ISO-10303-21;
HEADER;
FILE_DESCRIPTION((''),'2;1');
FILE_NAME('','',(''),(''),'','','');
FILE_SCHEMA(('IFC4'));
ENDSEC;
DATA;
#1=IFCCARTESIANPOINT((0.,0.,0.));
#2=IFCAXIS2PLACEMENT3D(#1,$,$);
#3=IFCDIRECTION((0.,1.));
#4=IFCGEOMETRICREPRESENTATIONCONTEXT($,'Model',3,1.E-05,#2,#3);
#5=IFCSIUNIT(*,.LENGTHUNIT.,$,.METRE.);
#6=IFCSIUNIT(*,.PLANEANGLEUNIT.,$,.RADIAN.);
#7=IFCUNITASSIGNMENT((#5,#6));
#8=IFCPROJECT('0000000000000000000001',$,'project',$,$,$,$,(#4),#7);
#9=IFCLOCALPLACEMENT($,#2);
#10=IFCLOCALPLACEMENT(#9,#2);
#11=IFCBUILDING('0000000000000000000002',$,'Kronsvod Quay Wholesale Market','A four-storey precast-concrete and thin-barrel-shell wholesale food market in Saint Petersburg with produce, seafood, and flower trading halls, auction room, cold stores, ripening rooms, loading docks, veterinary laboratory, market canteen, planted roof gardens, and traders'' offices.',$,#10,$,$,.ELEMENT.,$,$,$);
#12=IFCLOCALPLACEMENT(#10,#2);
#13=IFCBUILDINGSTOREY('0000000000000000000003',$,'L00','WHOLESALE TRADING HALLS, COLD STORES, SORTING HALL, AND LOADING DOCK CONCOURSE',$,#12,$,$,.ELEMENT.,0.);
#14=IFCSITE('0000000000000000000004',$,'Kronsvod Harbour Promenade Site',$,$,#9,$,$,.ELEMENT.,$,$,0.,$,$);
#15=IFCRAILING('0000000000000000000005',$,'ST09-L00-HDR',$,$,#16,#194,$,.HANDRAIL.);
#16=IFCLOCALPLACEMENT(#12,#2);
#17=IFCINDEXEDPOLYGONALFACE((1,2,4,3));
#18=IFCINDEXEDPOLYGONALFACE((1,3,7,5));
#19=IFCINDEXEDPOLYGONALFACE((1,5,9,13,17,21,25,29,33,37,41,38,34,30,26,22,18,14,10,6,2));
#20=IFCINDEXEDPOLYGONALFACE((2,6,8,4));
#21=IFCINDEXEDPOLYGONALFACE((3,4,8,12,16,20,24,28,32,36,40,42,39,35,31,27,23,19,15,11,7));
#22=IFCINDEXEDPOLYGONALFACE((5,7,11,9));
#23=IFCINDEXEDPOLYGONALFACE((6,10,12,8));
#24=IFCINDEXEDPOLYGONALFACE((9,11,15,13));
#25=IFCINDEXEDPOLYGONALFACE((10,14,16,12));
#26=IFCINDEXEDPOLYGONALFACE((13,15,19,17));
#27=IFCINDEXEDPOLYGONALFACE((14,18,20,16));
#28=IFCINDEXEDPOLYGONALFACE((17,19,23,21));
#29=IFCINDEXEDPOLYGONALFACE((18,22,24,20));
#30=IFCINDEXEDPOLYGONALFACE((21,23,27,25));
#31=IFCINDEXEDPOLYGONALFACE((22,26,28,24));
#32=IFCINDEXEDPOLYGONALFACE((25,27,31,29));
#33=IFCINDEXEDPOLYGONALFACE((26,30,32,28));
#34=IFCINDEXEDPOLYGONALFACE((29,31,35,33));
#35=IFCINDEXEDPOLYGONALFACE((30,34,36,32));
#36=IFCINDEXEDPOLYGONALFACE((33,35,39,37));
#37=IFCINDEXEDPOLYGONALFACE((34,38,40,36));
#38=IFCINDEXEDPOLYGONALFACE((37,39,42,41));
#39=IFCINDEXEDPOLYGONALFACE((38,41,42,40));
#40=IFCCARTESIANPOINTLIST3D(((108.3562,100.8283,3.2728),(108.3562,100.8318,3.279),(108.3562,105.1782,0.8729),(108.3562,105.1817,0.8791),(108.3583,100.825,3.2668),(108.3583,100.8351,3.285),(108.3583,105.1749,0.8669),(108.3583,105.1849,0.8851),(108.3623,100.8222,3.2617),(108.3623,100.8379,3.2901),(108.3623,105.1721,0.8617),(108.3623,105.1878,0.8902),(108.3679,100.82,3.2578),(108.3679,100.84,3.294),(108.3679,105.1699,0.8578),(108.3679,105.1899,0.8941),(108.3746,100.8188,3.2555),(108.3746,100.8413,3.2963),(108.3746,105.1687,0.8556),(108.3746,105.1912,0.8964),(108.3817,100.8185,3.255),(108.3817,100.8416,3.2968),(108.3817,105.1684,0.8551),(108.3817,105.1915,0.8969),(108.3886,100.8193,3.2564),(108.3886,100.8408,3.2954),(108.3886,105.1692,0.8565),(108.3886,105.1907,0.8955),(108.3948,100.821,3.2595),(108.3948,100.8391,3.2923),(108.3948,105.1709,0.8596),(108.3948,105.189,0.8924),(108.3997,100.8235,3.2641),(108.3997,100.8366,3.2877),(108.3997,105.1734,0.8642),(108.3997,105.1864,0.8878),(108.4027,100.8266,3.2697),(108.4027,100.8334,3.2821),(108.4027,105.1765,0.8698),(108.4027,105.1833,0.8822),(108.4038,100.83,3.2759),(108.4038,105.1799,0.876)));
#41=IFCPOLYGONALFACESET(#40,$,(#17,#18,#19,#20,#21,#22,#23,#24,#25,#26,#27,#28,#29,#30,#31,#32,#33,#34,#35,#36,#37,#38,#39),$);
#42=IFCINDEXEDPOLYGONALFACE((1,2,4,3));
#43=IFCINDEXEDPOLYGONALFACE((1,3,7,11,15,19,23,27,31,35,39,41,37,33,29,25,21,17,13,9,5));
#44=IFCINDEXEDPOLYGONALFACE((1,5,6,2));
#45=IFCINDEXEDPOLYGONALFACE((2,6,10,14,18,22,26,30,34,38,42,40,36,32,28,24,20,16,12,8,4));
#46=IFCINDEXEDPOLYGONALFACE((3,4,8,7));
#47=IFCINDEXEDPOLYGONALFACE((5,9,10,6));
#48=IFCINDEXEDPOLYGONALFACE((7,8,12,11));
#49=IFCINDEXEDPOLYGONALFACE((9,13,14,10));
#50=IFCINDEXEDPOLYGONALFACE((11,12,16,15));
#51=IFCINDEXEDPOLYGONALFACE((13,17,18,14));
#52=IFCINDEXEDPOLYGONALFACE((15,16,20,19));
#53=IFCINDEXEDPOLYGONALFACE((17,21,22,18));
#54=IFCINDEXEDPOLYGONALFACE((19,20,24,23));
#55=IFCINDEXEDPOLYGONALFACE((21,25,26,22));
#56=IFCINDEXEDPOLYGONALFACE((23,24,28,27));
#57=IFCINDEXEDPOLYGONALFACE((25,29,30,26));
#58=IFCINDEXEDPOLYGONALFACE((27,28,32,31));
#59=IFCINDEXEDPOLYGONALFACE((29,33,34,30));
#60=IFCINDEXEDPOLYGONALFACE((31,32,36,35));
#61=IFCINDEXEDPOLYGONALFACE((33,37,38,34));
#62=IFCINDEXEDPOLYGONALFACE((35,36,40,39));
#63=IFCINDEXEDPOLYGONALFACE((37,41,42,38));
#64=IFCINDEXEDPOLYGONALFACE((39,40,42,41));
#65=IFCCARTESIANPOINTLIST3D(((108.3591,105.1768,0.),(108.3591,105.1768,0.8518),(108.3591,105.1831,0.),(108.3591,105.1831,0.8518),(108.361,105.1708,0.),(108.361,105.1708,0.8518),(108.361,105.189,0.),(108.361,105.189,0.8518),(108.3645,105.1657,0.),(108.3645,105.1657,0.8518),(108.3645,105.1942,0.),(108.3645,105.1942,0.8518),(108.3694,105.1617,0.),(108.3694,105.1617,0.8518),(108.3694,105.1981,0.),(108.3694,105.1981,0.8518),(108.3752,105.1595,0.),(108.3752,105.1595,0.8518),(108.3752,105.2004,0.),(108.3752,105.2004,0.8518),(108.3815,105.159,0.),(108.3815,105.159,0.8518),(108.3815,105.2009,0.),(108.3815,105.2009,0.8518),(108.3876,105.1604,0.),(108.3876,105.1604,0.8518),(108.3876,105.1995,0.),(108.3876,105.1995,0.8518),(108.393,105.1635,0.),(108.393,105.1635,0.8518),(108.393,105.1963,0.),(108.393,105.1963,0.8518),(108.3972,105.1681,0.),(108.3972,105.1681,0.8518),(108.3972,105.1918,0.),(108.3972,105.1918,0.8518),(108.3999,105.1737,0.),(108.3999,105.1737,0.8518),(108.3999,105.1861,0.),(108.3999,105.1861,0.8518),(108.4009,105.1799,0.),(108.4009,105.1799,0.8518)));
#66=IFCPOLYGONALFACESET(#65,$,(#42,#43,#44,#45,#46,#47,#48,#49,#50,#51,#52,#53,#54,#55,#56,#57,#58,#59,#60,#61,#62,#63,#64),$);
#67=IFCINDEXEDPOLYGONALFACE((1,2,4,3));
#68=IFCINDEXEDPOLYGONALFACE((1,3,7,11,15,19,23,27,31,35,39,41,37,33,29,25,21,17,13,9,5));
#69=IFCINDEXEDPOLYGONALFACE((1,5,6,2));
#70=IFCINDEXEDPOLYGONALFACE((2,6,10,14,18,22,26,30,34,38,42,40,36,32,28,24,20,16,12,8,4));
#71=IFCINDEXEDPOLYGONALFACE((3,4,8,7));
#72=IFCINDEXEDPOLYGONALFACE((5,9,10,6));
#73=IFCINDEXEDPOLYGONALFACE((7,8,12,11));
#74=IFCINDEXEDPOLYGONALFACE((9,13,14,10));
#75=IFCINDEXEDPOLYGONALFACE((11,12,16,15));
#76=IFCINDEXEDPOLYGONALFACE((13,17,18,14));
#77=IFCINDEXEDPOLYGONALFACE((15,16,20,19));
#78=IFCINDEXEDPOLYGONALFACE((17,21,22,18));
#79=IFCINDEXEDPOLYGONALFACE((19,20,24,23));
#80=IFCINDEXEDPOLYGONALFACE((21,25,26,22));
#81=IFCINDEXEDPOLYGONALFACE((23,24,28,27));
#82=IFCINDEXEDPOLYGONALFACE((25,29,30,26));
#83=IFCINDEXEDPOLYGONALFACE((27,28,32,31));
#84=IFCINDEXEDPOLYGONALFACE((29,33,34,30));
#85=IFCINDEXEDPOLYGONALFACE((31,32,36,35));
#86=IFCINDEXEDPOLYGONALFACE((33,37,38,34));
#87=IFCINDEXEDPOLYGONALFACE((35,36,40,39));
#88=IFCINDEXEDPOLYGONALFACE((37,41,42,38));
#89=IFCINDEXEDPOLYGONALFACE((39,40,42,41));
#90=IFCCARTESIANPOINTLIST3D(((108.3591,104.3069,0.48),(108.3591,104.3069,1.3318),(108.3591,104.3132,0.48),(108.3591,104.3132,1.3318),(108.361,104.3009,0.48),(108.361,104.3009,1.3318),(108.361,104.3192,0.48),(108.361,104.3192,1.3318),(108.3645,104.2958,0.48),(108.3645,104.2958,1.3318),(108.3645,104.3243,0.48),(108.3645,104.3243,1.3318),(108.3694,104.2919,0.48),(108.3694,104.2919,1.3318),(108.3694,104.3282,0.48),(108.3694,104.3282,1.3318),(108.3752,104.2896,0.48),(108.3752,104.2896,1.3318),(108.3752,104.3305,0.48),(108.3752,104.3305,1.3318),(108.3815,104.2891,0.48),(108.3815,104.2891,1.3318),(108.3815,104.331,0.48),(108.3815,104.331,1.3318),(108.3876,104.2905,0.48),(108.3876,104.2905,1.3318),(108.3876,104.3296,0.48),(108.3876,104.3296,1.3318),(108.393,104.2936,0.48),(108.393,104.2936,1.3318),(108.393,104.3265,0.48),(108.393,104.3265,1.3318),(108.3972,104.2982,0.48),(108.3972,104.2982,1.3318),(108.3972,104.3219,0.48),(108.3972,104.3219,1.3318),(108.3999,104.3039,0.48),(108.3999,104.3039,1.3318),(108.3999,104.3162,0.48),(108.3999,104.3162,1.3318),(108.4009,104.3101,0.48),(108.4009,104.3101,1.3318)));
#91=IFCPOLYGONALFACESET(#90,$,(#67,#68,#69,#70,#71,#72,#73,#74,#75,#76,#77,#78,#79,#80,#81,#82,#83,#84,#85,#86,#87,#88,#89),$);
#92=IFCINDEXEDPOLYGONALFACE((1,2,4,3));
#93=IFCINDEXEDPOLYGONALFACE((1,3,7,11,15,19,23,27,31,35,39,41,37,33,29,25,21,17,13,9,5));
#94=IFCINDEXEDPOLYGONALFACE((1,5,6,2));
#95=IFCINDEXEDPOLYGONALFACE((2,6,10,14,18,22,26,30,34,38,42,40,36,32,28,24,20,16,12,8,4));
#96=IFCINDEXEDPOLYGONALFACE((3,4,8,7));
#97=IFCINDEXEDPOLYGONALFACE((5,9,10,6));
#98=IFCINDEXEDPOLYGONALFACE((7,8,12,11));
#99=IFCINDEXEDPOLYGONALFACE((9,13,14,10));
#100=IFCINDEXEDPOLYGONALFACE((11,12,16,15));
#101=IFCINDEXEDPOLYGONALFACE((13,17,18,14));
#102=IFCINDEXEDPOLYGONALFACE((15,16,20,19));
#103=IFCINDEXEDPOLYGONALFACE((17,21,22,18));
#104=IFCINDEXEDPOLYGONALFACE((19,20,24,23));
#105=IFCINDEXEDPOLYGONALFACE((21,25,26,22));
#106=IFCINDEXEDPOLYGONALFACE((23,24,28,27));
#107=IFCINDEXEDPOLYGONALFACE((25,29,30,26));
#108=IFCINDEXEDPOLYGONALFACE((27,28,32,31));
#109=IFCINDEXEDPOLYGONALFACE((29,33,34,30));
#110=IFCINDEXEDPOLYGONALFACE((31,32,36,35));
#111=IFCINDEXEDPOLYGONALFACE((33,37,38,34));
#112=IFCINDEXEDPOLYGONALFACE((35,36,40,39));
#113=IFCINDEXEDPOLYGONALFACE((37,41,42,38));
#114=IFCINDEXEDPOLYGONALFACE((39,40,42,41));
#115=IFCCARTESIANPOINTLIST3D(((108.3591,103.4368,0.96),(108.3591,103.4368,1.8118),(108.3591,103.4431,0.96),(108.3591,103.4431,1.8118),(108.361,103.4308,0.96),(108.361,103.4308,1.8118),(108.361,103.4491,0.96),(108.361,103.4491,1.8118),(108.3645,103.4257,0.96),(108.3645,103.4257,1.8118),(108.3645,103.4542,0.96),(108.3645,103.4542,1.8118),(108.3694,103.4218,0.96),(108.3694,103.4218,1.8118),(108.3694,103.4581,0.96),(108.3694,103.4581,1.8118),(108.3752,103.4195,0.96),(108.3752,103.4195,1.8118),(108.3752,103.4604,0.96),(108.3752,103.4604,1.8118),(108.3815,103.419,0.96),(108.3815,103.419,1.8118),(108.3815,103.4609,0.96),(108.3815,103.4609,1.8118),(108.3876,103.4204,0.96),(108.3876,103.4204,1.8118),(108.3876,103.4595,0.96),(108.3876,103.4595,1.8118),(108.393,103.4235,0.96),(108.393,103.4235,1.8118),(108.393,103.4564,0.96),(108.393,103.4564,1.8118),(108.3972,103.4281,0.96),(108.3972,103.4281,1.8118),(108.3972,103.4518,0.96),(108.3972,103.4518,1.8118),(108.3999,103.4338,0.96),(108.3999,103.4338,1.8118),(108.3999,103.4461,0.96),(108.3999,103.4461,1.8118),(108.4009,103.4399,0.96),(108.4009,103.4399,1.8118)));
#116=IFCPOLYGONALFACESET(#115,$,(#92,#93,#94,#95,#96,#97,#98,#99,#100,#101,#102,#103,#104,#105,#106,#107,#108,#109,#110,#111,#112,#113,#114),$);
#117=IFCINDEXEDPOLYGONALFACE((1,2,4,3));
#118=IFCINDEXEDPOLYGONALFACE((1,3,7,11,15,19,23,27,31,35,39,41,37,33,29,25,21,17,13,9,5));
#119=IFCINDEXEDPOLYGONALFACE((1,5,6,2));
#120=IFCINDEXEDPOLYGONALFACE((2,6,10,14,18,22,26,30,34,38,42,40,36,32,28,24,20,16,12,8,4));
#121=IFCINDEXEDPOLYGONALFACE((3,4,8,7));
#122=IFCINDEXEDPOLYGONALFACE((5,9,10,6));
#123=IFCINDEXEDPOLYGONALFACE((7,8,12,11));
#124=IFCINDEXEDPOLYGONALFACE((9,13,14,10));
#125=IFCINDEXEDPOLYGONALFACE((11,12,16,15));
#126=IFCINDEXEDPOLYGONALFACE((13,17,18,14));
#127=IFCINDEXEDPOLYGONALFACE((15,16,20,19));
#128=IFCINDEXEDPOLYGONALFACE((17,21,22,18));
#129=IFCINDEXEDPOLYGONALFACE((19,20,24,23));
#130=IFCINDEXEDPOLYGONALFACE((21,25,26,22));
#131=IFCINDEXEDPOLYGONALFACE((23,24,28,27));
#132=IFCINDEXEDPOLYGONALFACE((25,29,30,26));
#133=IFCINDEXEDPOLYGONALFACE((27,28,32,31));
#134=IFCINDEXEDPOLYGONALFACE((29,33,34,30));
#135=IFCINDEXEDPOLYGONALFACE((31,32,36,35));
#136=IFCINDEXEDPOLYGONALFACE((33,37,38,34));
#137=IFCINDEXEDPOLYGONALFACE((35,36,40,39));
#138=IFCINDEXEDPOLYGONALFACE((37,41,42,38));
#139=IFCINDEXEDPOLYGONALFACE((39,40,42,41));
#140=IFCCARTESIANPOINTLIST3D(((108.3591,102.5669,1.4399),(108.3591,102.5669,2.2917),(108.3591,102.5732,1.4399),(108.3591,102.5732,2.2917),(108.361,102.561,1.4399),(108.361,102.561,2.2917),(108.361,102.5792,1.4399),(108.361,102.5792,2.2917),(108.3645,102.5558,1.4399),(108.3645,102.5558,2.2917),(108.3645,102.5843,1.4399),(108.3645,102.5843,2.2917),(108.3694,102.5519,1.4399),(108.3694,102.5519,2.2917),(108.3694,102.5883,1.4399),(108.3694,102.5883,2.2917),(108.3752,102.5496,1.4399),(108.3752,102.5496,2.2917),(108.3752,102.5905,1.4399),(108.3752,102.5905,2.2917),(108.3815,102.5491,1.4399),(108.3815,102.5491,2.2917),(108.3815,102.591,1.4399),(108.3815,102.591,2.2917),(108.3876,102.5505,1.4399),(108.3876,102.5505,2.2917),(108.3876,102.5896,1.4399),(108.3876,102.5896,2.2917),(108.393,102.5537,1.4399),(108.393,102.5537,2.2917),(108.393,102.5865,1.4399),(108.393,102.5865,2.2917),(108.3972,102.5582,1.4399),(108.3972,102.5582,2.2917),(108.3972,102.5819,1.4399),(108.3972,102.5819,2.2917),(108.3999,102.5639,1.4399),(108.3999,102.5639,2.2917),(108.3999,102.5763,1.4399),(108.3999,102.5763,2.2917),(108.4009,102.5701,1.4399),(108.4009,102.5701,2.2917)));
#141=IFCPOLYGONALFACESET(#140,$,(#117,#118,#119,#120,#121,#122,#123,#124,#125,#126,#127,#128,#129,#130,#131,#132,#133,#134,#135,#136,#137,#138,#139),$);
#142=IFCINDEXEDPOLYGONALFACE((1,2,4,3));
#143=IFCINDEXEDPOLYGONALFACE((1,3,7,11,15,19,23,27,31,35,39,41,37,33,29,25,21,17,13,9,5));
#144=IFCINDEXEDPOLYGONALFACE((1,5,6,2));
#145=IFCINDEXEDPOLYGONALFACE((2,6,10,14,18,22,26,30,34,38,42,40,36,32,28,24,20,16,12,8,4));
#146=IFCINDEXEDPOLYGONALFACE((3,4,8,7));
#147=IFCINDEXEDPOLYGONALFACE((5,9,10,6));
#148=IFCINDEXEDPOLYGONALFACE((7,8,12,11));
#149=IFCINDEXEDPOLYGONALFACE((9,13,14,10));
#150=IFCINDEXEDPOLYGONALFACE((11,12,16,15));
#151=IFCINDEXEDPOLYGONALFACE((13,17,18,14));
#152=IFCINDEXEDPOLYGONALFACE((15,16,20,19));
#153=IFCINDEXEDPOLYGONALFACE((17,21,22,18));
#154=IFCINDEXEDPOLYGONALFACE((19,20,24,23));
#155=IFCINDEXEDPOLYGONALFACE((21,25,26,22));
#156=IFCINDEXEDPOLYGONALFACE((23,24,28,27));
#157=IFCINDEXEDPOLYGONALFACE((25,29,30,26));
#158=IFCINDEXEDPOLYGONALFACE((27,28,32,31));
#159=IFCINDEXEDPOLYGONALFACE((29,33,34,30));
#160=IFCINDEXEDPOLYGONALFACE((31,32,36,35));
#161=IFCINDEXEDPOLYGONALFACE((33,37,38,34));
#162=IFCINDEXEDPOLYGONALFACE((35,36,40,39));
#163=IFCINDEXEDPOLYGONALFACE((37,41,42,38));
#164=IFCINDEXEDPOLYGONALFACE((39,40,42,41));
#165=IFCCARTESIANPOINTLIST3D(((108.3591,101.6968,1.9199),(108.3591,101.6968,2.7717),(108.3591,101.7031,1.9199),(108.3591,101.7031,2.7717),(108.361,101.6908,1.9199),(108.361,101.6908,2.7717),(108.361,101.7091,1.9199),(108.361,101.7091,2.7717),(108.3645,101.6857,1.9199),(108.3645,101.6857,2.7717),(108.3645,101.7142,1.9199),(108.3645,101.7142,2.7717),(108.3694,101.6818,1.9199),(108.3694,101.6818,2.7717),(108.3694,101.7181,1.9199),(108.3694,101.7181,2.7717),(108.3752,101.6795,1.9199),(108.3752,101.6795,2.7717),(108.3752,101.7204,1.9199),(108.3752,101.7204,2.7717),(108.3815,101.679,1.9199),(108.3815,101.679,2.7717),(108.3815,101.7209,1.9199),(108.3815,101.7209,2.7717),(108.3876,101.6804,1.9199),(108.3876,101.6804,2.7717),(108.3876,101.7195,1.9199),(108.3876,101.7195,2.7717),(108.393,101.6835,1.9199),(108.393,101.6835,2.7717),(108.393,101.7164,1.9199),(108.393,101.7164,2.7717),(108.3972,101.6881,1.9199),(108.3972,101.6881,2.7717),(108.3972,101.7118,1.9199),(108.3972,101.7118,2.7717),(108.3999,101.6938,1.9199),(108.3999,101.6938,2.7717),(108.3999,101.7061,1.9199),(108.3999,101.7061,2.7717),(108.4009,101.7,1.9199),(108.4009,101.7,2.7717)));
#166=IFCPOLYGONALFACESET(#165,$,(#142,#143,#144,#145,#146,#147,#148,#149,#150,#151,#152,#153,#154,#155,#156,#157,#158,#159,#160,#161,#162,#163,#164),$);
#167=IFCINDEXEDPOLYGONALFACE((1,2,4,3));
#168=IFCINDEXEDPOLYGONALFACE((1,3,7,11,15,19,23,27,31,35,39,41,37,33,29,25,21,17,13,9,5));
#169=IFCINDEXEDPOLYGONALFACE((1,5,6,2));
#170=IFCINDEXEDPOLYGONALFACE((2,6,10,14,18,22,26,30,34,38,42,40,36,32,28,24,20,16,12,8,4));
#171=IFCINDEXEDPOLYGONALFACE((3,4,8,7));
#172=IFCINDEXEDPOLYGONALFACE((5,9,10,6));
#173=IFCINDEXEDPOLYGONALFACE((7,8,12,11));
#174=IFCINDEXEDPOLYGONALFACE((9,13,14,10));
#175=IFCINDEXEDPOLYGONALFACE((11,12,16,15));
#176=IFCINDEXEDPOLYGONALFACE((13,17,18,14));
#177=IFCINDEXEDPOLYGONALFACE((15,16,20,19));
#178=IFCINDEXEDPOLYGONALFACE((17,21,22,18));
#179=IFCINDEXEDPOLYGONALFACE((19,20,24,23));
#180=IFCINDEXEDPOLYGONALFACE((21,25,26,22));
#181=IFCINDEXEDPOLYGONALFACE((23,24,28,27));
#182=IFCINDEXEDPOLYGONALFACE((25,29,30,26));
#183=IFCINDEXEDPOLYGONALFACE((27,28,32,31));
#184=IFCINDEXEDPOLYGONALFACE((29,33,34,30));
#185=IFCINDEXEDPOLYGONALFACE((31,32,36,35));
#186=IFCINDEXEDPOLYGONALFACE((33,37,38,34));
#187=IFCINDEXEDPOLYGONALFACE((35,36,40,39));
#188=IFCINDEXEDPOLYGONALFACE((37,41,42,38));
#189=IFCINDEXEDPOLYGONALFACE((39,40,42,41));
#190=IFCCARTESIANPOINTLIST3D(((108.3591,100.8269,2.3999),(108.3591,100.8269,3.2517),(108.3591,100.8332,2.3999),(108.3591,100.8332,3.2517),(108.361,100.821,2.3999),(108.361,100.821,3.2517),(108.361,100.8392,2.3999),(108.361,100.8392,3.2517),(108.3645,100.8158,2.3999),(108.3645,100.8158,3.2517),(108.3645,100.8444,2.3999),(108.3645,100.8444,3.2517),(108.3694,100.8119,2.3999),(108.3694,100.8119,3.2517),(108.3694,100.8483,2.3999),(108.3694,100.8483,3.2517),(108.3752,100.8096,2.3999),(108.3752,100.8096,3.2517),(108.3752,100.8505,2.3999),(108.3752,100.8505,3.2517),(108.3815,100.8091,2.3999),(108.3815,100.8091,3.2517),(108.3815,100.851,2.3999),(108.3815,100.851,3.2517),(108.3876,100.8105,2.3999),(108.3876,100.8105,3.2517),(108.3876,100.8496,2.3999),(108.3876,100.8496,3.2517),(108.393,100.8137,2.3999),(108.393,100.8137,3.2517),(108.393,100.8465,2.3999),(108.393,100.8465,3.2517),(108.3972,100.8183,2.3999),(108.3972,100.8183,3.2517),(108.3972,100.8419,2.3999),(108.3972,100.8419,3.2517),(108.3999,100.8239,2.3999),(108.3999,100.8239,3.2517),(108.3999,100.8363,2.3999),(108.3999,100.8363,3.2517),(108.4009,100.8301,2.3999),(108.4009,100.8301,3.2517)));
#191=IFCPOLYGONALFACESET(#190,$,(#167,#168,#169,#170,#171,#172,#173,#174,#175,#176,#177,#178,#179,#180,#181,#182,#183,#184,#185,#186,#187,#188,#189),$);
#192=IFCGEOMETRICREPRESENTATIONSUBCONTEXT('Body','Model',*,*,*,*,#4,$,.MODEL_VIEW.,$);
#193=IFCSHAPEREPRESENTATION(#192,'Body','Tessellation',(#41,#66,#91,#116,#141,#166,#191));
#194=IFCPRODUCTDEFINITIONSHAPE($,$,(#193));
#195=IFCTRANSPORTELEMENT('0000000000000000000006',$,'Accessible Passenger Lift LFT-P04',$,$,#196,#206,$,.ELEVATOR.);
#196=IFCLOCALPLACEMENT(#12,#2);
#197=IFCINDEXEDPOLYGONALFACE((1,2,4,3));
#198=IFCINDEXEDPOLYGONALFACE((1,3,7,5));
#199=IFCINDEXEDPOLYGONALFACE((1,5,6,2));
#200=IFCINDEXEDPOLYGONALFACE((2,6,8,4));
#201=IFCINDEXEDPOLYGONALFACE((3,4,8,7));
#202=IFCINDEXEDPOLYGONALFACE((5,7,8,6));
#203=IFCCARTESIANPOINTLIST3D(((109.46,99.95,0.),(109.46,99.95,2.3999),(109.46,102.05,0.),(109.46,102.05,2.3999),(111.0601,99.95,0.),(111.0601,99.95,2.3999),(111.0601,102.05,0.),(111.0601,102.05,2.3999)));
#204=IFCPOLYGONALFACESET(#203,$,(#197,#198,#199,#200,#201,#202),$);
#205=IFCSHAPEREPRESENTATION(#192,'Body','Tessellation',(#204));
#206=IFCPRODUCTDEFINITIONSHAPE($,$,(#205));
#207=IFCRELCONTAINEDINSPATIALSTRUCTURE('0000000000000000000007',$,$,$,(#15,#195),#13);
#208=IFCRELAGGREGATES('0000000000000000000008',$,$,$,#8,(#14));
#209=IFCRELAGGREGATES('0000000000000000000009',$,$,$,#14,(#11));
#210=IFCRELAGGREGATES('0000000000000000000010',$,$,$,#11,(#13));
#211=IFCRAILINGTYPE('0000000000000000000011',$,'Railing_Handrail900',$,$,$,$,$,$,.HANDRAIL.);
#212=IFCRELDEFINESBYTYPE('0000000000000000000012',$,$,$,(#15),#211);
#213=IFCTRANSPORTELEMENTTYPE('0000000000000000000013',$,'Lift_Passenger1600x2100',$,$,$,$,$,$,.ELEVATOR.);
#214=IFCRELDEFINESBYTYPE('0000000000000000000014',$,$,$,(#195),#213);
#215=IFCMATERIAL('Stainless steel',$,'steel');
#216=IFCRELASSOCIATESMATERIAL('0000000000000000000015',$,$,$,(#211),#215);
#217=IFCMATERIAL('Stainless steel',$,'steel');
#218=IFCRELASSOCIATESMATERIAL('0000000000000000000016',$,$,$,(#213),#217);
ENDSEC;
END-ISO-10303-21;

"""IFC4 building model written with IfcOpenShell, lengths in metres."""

from ifc_helpers import new_model, si_unit, direction, frame, origin, origin_2d, place, context, subcontext, project, spatial, rectangle, circle, extrude, material, type_object, element, save


model = new_model("IFC4")

# Units and contexts
model_context = context("Model", 3, precision=1e-05, world=origin(), true_north=direction((0.0, 1.0)))
body_context = subcontext(model_context, "Body", "Model", "MODEL_VIEW")
ifc_project = project(units=[si_unit("LENGTHUNIT", "METRE"), si_unit("PLANEANGLEUNIT", "RADIAN")], contexts=[model_context])

# Site, building, storey
site_placement = place(None, origin())
site = spatial("IfcSite", under=ifc_project, at=site_placement, Name="Kronsvod Harbour Promenade Site", CompositionType="ELEMENT", RefElevation=0.0)
building_placement = place(site_placement, origin())
building = spatial("IfcBuilding", under=site, at=building_placement, Name="Kronsvod Quay Wholesale Market", Description="A four-storey precast-concrete and thin-barrel-shell wholesale food market in Saint Petersburg with produce, seafood, and flower trading halls, auction room, cold stores, ripening rooms, loading docks, veterinary laboratory, market canteen, planted roof gardens, and traders' offices.", CompositionType="ELEMENT")
storey_placement = place(building_placement, origin())
storey = spatial("IfcBuildingStorey", under=building, at=storey_placement, Name="L00", Description="WHOLESALE TRADING HALLS, COLD STORES, SORTING HALL, AND LOADING DOCK CONCOURSE", CompositionType="ELEMENT", Elevation=0.0)

# Railing
ifc_material_1 = material(Name="Stainless steel", Category="steel")
railing_type_1 = type_object("IfcRailingType", Name="Railing_Handrail900", PredefinedType="HANDRAIL", material=ifc_material_1)
railing_1_placement = place(storey_placement, frame((108.3799, 105.1799, 0.0)))
element("IfcRailing", 1, at=railing_1_placement, inside=storey, type_object=railing_type_1, Name="ST09-L00-HDR", PredefinedType="HANDRAIL", context=body_context, shape_type="SweptSolid", body=[
    extrude(circle(Radius=0.0239, at=origin_2d()), frame((0.0, 0.0, 0.876), z_axis=(0.0, -0.875579, 0.483075), x_axis=(1.0, 0.0, 0.0)), (0.0, 0.0, 1.0), 4.968),
    extrude(circle(Radius=0.021, at=origin_2d()), origin(), (0.0, 0.0, 1.0), 0.8518),
    extrude(circle(Radius=0.021, at=origin_2d()), frame((0.0, -0.8699, 0.48)), (0.0, 0.0, 1.0), 0.8518),
    extrude(circle(Radius=0.021, at=origin_2d()), frame((0.0, -1.74, 0.96)), (0.0, 0.0, 1.0), 0.8518),
    extrude(circle(Radius=0.021, at=origin_2d()), frame((0.0, -2.6099, 1.4399)), (0.0, 0.0, 1.0), 0.8518),
    extrude(circle(Radius=0.021, at=origin_2d()), frame((0.0, -3.48, 1.9199)), (0.0, 0.0, 1.0), 0.8518),
    extrude(circle(Radius=0.021, at=origin_2d()), frame((0.0, -4.3499, 2.3999)), (0.0, 0.0, 1.0), 0.8518),
])

# Transport element
ifc_material_2 = material(Name="Stainless steel", Category="steel")
transport_element_type = type_object("IfcTransportElementType", Name="Lift_Passenger1600x2100", PredefinedType="ELEVATOR", material=ifc_material_2)
transport_element_placement = place(storey_placement, frame((110.26, 101.0, 0.0), z_axis=(0.0, 0.0, 1.0), x_axis=(1.0, 0.0, 0.0)))
element("IfcTransportElement", 2, at=transport_element_placement, inside=storey, type_object=transport_element_type, Name="Accessible Passenger Lift LFT-P04", PredefinedType="ELEVATOR", context=body_context, shape_type="SweptSolid", body=[
    extrude(rectangle(XDim=1.6001, YDim=2.1001, at=origin_2d()), origin(), (0.0, 0.0, 1.0), 2.3999),
])

save(model, "model.ifc")
